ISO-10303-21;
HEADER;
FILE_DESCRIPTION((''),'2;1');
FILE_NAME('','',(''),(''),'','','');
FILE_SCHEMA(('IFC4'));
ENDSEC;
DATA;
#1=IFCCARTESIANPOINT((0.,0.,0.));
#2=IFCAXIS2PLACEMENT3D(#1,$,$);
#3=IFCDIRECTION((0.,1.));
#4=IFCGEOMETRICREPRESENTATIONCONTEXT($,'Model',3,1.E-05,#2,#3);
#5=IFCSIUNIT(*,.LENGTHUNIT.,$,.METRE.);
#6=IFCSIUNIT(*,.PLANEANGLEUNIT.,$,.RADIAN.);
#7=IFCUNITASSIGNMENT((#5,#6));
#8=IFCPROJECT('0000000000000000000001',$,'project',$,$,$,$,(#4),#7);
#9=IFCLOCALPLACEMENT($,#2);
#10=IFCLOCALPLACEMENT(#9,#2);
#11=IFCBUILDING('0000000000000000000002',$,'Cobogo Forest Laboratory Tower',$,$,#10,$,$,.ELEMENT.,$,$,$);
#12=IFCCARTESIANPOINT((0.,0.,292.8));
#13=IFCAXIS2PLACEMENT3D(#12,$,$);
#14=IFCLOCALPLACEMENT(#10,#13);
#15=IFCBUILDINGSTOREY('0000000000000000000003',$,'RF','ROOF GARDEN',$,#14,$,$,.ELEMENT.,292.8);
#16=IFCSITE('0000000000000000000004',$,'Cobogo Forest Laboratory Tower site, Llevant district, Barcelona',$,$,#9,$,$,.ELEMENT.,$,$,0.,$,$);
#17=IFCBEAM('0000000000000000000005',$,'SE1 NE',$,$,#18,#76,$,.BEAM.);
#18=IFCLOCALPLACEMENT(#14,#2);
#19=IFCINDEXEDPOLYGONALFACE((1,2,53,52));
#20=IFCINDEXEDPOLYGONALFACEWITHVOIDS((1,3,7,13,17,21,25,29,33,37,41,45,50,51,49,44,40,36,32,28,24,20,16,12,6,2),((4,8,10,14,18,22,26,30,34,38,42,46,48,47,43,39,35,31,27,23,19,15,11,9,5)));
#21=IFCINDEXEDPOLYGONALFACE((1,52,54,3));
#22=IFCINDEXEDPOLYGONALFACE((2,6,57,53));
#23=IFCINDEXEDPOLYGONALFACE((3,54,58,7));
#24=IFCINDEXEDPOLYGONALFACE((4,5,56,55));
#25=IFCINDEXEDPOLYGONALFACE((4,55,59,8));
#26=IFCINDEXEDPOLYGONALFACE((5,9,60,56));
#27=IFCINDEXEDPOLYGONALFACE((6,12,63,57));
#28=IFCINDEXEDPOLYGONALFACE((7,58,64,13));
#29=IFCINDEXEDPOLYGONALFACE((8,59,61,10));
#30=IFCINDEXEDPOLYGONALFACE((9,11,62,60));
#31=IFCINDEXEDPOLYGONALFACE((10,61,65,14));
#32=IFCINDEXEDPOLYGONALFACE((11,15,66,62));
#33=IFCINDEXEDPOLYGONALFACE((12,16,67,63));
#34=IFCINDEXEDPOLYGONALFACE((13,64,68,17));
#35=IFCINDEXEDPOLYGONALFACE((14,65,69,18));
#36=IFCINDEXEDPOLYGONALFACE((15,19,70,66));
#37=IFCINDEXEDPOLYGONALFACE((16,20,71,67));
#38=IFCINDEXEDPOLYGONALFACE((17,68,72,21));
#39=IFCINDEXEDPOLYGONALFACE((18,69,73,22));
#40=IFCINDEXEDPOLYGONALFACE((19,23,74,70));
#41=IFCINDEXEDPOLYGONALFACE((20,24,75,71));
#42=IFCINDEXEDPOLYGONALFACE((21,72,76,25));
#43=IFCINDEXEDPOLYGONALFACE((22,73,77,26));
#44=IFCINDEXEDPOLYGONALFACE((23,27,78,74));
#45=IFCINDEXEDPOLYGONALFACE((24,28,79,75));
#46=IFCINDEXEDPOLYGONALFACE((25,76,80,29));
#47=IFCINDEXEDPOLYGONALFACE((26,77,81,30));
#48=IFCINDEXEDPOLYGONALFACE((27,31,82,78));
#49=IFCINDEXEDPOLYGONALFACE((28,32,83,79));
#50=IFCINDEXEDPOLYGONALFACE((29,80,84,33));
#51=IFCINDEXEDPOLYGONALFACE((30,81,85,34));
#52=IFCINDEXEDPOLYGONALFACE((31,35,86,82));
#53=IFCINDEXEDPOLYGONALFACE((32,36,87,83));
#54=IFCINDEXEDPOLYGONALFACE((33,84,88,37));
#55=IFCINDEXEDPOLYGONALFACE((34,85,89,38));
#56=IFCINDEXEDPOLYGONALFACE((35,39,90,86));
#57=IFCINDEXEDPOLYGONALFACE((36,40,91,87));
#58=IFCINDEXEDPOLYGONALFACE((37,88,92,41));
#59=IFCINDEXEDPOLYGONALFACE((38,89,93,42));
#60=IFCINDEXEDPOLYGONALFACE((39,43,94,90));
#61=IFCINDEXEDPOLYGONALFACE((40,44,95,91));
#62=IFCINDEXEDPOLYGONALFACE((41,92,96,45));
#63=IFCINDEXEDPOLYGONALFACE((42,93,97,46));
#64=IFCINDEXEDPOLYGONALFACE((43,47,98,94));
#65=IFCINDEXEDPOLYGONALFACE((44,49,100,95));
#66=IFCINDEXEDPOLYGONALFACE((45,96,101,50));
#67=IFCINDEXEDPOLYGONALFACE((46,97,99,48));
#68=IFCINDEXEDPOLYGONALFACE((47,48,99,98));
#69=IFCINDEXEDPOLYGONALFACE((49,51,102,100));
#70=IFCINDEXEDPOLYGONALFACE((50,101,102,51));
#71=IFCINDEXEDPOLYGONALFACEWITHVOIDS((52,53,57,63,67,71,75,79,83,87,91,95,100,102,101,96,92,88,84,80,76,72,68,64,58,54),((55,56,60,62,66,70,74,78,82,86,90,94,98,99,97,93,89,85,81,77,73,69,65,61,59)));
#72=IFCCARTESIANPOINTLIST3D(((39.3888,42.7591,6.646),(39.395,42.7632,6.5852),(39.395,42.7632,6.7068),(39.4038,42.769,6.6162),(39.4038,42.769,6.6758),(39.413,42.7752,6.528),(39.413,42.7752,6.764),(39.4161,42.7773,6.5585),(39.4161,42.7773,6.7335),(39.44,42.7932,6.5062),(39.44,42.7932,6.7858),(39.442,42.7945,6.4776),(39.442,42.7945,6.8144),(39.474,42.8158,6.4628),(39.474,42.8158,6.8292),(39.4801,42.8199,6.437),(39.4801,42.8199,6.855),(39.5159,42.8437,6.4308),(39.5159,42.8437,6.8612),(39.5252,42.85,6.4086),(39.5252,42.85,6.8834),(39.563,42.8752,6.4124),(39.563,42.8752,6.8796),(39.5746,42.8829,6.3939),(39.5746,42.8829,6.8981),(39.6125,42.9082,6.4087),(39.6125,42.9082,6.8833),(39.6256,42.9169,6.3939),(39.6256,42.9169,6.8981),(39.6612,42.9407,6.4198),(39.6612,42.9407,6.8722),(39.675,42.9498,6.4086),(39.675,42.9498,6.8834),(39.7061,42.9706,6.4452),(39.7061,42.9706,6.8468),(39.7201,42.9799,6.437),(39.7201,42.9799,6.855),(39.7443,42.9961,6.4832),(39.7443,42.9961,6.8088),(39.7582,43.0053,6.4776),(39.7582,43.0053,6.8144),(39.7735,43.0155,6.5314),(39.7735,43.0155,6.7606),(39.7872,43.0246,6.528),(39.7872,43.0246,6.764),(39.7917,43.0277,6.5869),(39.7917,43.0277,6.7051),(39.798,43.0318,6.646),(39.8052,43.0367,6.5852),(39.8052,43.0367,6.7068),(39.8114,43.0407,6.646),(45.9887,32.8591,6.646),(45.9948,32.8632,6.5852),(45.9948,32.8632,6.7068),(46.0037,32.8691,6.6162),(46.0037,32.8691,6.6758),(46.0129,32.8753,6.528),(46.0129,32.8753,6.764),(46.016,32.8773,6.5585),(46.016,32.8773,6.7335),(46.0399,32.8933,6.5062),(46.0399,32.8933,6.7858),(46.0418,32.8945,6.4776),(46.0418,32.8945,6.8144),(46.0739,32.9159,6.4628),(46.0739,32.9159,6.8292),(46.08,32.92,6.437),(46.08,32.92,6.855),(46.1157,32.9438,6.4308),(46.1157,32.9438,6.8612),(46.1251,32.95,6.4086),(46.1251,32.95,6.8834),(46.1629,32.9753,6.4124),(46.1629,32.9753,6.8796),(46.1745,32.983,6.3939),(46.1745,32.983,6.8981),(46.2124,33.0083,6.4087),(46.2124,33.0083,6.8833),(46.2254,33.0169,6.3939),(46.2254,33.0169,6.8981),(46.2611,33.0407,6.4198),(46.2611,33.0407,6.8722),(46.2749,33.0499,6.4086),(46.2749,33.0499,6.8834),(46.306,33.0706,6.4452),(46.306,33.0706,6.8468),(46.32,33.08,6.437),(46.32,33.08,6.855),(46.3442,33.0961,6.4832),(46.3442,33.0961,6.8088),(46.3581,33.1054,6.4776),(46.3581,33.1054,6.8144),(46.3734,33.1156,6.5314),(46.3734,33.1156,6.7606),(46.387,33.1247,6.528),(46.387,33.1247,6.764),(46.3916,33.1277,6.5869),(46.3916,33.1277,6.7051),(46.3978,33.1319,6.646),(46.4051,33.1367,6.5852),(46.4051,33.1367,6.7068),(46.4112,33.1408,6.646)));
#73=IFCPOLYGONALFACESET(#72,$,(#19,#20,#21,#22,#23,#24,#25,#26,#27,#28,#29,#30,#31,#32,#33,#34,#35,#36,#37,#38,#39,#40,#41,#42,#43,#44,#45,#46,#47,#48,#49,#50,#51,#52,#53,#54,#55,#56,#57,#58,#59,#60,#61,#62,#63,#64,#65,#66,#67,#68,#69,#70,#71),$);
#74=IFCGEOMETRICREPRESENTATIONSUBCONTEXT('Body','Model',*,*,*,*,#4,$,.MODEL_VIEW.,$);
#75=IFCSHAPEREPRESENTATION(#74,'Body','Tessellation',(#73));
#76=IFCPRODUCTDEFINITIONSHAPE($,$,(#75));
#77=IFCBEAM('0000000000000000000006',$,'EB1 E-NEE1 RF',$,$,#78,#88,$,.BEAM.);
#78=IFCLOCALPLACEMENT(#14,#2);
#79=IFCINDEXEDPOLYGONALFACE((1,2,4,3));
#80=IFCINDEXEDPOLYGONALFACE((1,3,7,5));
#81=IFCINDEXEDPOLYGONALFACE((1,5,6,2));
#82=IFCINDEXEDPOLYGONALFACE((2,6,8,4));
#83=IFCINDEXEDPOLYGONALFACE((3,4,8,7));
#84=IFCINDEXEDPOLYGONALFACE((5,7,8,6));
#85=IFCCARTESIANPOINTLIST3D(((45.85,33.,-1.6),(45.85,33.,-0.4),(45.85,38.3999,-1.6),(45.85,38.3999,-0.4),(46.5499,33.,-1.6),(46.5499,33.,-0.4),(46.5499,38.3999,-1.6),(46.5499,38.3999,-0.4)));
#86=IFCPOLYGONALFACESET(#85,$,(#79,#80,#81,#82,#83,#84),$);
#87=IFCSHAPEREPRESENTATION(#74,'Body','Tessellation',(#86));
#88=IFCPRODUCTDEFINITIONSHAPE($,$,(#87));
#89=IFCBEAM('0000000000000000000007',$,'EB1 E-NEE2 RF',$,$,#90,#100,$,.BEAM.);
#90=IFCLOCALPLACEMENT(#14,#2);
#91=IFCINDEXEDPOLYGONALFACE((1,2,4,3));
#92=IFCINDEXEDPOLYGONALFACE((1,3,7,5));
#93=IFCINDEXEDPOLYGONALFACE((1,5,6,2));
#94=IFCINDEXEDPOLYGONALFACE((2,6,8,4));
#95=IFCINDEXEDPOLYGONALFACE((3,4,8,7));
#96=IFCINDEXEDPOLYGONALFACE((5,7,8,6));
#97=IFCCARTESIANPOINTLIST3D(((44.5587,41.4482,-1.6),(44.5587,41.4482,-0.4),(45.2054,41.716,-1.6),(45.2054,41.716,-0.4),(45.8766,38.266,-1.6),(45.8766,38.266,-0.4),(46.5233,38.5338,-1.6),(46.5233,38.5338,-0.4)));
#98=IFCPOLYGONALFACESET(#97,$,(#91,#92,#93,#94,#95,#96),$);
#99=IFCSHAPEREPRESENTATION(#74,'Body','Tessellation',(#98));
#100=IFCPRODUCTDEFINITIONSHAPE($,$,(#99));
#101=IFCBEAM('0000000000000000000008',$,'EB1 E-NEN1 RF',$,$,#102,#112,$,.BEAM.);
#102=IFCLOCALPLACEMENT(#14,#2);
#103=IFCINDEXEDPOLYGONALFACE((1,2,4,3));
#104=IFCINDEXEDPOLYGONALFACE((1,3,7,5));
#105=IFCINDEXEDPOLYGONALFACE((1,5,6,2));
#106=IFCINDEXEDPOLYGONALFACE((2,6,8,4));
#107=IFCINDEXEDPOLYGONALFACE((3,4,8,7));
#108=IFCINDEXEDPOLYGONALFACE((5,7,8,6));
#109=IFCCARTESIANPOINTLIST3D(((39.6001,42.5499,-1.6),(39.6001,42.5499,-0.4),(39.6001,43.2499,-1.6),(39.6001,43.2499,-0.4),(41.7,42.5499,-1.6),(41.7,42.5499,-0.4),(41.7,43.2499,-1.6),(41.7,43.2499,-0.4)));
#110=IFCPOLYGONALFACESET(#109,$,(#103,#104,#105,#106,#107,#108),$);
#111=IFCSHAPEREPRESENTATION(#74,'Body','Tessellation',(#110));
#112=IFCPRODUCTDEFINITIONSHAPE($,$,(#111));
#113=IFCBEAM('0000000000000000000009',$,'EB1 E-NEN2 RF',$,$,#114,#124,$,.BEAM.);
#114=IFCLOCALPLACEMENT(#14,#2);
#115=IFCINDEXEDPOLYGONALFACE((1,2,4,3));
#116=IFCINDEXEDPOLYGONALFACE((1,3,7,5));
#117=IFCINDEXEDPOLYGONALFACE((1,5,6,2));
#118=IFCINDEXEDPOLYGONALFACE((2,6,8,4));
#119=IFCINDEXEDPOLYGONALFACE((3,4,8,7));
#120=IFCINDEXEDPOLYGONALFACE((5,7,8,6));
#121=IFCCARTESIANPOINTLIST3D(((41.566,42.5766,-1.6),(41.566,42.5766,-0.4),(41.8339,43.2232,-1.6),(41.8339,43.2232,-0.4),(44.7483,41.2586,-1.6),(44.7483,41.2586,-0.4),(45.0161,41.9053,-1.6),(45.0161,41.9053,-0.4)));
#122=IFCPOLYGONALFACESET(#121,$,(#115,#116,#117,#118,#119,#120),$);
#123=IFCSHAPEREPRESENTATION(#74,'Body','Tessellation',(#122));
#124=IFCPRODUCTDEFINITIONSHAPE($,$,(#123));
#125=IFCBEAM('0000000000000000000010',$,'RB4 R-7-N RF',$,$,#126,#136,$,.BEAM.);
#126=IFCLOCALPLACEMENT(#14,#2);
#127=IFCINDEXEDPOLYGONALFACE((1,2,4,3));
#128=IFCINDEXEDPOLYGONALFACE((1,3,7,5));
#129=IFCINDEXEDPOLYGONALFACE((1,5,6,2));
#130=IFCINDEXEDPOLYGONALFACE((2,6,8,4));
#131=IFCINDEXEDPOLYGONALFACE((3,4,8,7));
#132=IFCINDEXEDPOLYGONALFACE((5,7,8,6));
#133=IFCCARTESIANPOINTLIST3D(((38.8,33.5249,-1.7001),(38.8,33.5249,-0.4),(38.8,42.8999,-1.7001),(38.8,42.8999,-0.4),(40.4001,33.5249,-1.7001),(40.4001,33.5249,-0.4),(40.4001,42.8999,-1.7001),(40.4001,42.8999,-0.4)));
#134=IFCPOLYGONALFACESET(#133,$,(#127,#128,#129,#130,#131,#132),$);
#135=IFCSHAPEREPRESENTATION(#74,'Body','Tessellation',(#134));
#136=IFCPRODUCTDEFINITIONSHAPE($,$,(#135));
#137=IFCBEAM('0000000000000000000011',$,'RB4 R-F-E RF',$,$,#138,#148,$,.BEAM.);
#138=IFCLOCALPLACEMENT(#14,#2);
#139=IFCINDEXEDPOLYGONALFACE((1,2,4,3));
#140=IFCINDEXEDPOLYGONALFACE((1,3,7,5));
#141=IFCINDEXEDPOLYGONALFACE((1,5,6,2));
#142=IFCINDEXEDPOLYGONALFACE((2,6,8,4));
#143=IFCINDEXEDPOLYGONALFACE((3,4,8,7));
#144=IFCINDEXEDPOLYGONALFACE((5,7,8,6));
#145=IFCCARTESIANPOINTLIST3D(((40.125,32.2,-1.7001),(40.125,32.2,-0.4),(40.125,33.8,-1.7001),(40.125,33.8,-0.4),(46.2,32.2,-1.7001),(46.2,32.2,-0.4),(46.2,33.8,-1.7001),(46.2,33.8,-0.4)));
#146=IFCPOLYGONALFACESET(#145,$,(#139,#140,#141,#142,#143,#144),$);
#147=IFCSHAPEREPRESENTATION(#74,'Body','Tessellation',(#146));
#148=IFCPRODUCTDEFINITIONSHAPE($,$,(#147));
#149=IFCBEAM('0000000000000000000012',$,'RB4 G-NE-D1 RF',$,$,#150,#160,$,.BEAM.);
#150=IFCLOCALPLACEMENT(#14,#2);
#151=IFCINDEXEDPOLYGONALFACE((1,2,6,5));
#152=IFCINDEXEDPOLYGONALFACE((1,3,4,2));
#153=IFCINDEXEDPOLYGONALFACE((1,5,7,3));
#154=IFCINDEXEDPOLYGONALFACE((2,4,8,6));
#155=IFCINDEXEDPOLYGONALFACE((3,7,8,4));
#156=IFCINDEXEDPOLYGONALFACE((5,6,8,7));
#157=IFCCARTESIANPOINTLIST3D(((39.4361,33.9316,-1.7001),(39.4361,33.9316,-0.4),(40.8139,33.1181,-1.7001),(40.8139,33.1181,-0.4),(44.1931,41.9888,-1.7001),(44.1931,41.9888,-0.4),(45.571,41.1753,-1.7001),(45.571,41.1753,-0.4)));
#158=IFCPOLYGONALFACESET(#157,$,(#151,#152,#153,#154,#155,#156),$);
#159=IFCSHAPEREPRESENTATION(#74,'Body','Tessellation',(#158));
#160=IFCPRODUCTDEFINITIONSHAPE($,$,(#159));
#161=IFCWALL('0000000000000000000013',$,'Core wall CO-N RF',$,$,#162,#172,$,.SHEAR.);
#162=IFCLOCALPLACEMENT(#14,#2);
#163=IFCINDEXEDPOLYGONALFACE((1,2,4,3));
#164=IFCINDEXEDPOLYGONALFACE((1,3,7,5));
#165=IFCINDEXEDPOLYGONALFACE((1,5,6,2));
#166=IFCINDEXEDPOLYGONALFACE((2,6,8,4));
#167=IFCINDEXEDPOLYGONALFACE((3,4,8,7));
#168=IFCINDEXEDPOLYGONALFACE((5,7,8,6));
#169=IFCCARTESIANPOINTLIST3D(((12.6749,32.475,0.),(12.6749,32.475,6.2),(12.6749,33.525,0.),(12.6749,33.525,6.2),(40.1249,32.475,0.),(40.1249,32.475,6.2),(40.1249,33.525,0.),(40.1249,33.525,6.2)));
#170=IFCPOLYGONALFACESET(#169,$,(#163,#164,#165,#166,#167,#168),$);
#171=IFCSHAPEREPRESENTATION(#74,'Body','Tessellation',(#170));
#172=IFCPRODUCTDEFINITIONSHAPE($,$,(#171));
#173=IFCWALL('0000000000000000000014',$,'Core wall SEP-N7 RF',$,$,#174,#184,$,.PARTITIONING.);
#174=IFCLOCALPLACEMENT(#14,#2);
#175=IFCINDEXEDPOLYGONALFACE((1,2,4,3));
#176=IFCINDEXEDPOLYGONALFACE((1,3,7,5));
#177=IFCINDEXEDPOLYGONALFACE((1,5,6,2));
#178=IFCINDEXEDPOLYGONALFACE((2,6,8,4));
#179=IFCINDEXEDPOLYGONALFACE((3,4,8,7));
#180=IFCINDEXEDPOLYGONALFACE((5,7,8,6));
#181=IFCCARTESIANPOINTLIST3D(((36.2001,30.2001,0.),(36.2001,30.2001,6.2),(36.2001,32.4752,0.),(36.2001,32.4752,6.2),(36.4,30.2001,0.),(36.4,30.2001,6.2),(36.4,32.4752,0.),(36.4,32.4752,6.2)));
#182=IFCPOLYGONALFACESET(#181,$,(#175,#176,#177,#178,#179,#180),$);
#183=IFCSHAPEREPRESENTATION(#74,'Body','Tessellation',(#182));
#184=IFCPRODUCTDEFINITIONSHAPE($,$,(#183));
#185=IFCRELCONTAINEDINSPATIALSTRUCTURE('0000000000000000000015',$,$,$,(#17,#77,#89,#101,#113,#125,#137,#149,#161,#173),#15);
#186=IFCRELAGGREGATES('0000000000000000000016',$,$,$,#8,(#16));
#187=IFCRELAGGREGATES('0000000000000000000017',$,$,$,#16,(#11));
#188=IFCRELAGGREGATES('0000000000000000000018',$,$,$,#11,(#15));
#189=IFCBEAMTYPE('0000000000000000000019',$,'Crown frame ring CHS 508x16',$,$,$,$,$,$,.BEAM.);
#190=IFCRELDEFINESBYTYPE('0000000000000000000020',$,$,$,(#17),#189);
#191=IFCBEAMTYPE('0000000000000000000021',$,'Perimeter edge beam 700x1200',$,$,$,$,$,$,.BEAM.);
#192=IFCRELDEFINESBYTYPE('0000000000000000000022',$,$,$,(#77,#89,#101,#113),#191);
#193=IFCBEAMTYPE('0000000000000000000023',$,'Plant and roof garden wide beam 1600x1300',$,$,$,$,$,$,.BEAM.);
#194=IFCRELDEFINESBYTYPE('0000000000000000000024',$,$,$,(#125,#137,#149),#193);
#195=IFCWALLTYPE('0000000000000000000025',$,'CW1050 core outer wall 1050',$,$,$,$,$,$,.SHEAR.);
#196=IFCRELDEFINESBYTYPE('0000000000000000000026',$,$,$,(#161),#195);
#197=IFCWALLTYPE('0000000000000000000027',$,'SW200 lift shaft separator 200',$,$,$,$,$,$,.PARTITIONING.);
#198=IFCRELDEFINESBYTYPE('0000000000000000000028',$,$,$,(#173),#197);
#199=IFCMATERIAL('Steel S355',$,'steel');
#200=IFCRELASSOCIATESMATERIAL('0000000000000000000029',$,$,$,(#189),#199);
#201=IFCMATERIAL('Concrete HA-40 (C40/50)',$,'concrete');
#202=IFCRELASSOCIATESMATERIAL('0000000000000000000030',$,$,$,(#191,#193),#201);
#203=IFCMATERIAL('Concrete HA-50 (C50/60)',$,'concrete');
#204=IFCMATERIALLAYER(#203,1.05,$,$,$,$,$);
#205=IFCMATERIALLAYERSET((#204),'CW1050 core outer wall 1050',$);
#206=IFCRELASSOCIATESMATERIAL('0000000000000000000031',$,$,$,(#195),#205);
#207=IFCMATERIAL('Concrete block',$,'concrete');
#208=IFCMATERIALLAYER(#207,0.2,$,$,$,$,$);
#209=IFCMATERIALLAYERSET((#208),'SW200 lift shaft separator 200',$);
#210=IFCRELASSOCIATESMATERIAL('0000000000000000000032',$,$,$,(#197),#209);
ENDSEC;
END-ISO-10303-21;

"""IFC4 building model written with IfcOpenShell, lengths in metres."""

from ifc_helpers import new_model, si_unit, direction, frame, frame_2d, origin, origin_2d, place, context, subcontext, project, spatial, rectangle, hollow_circle, extrude, material, layer, layer_set, material_profile, profile_set, type_object, element, save


model = new_model("IFC4")

# Units and contexts
model_context = context("Model", 3, precision=1e-05, world=origin(), true_north=direction((0.0, 1.0)))
body_context = subcontext(model_context, "Body", "Model", "MODEL_VIEW")
ifc_project = project(units=[si_unit("LENGTHUNIT", "METRE"), si_unit("PLANEANGLEUNIT", "RADIAN")], contexts=[model_context])

# Site, building, storey
site_placement = place(None, origin())
site = spatial("IfcSite", under=ifc_project, at=site_placement, Name="Cobogo Forest Laboratory Tower site, Llevant district, Barcelona", CompositionType="ELEMENT", RefElevation=0.0)
building_placement = place(site_placement, origin())
building = spatial("IfcBuilding", under=site, at=building_placement, Name="Cobogo Forest Laboratory Tower", CompositionType="ELEMENT")
storey_placement = place(building_placement, frame((0.0, 0.0, 292.8)))
storey = spatial("IfcBuildingStorey", under=building, at=storey_placement, Name="RF", Description="ROOF GARDEN", CompositionType="ELEMENT", Elevation=292.8)

# Shared definitions
ifc_material_1 = material(Name="Steel S355", Category="steel")

# Beams
ifc_material_profile_1 = material_profile(ifc_material_1, hollow_circle(Radius=0.2539, WallThickness=0.0161, at=origin_2d()), Name="CHS 508x16")
ifc_profile_set_1 = profile_set([ifc_material_profile_1], Name="Steel S355")
beam_type_1 = type_object("IfcBeamType", Name="Crown frame ring CHS 508x16", PredefinedType="BEAM", material=ifc_profile_set_1)
beam_1_placement = place(storey_placement, frame((39.6001, 42.8999, 6.646), z_axis=(0.554695, -0.832053, 0.0), x_axis=(0.832053, 0.554695, 0.0)))
element("IfcBeam", 1, at=beam_1_placement, inside=storey, type_object=beam_type_1, Name="SE1 NE", PredefinedType="BEAM", context=body_context, shape_type="SweptSolid", body=[
    extrude(hollow_circle(Radius=0.2539, WallThickness=0.0161, at=origin_2d()), origin(), (0.0, 0.0, 1.0), 11.8982),
])
ifc_material_2 = material(Name="Concrete HA-40 (C40/50)", Category="concrete")
ifc_material_profile_2 = material_profile(ifc_material_2, rectangle(XDim=0.7, YDim=1.2, at=origin_2d()), Name="RC 700x1200")
ifc_profile_set_2 = profile_set([ifc_material_profile_2], Name="Concrete HA-40 (C40/50)")
beam_type_2 = type_object("IfcBeamType", Name="Perimeter edge beam 700x1200", PredefinedType="BEAM", material=ifc_profile_set_2)
beam_2_placement = place(storey_placement, frame((46.2, 33.0, -1.0), z_axis=(0.0, 1.0, 0.0), x_axis=(-1.0, 0.0, 0.0)))
element("IfcBeam", 2, at=beam_2_placement, inside=storey, type_object=beam_type_2, Name="EB1 E-NEE1 RF", PredefinedType="BEAM", context=body_context, shape_type="SweptSolid", body=[
    extrude(rectangle(XDim=0.7, YDim=1.2, at=origin_2d()), origin(), (0.0, 0.0, 1.0), 5.3999),
])
beam_3_placement = place(storey_placement, frame((46.2, 38.3999, -1.0), z_axis=(-0.382631, 0.923901, 0.0), x_axis=(-0.923901, -0.382631, 0.0)))
element("IfcBeam", 3, at=beam_3_placement, inside=storey, type_object=beam_type_2, Name="EB1 E-NEE2 RF", PredefinedType="BEAM", context=body_context, shape_type="SweptSolid", body=[
    extrude(rectangle(XDim=0.7, YDim=1.2, at=origin_2d()), origin(), (0.0, 0.0, 1.0), 3.4443),
])
beam_4_placement = place(storey_placement, frame((39.6001, 42.8999, -1.0), z_axis=(1.0, 0.0, 0.0), x_axis=(0.0, 1.0, 0.0)))
element("IfcBeam", 4, at=beam_4_placement, inside=storey, type_object=beam_type_2, Name="EB1 E-NEN1 RF", PredefinedType="BEAM", context=body_context, shape_type="SweptSolid", body=[
    extrude(rectangle(XDim=0.7, YDim=1.2, at=origin_2d()), origin(), (0.0, 0.0, 1.0), 2.0999),
])
beam_5_placement = place(storey_placement, frame((41.7, 42.8999, -1.0), z_axis=(0.923901, -0.382631, 0.0), x_axis=(0.382631, 0.923901, 0.0)))
element("IfcBeam", 5, at=beam_5_placement, inside=storey, type_object=beam_type_2, Name="EB1 E-NEN2 RF", PredefinedType="BEAM", context=body_context, shape_type="SweptSolid", body=[
    extrude(rectangle(XDim=0.7, YDim=1.2, at=origin_2d()), origin(), (0.0, 0.0, 1.0), 3.4443),
])
ifc_material_profile_3 = material_profile(ifc_material_2, rectangle(XDim=1.6001, YDim=1.3, at=origin_2d()), Name="RC 1600x1300")
ifc_profile_set_3 = profile_set([ifc_material_profile_3], Name="Concrete HA-40 (C40/50)")
beam_type_3 = type_object("IfcBeamType", Name="Plant and roof garden wide beam 1600x1300", PredefinedType="BEAM", material=ifc_profile_set_3)
beam_6_placement = place(storey_placement, frame((39.6001, 33.5249, -1.05), z_axis=(0.0, 1.0, 0.0), x_axis=(-1.0, 0.0, 0.0)))
element("IfcBeam", 6, at=beam_6_placement, inside=storey, type_object=beam_type_3, Name="RB4 R-7-N RF", PredefinedType="BEAM", context=body_context, shape_type="SweptSolid", body=[
    extrude(rectangle(XDim=1.6001, YDim=1.3, at=origin_2d()), origin(), (0.0, 0.0, 1.0), 9.375),
])
beam_7_placement = place(storey_placement, frame((40.125, 33.0, -1.05), z_axis=(1.0, 0.0, 0.0), x_axis=(0.0, 1.0, 0.0)))
element("IfcBeam", 7, at=beam_7_placement, inside=storey, type_object=beam_type_3, Name="RB4 R-F-E RF", PredefinedType="BEAM", context=body_context, shape_type="SweptSolid", body=[
    extrude(rectangle(XDim=1.6001, YDim=1.3, at=origin_2d()), origin(), (0.0, 0.0, 1.0), 6.075),
])
beam_8_placement = place(storey_placement, frame((44.8821, 41.582, -1.05), z_axis=(-0.508416, -0.861111, 0.0), x_axis=(0.861111, -0.508416, 0.0)))
element("IfcBeam", 8, at=beam_8_placement, inside=storey, type_object=beam_type_3, Name="RB4 G-NE-D1 RF", PredefinedType="BEAM", context=body_context, shape_type="SweptSolid", body=[
    extrude(rectangle(XDim=1.6001, YDim=1.3, at=origin_2d()), origin(), (0.0, 0.0, 1.0), 9.3567),
])

# Walls
ifc_material_3 = material(Name="Concrete HA-50 (C50/60)", Category="concrete")
ifc_layer_1 = layer(ifc_material_3, 1.05)
ifc_layer_set_1 = layer_set([ifc_layer_1], Name="CW1050 core outer wall 1050")
wall_type_1 = type_object("IfcWallType", Name="CW1050 core outer wall 1050", PredefinedType="SHEAR", material=ifc_layer_set_1)
wall_1_placement = place(storey_placement, frame((40.125, 33.0, 0.0), z_axis=(0.0, 0.0, 1.0), x_axis=(-1.0, 0.0, 0.0)))
element("IfcWall", 9, at=wall_1_placement, inside=storey, type_object=wall_type_1, Name="Core wall CO-N RF", PredefinedType="SHEAR", context=body_context, shape_type="SweptSolid", body=[
    extrude(rectangle(XDim=27.45, YDim=1.05, at=frame_2d((13.7251, 0.0))), origin(), (0.0, 0.0, 1.0), 6.2),
])
ifc_material_4 = material(Name="Concrete block", Category="concrete")
ifc_layer_2 = layer(ifc_material_4, 0.2)
ifc_layer_set_2 = layer_set([ifc_layer_2], Name="SW200 lift shaft separator 200")
wall_type_2 = type_object("IfcWallType", Name="SW200 lift shaft separator 200", PredefinedType="PARTITIONING", material=ifc_layer_set_2)
wall_2_placement = place(storey_placement, frame((36.3, 30.2, 0.0), z_axis=(0.0, 0.0, 1.0), x_axis=(0.0, 1.0, 0.0)))
element("IfcWall", 10, at=wall_2_placement, inside=storey, type_object=wall_type_2, Name="Core wall SEP-N7 RF", PredefinedType="PARTITIONING", context=body_context, shape_type="SweptSolid", body=[
    extrude(rectangle(XDim=2.2751, YDim=0.2, at=frame_2d((1.1377, 0.0))), origin(), (0.0, 0.0, 1.0), 6.2),
])

save(model, "model.ifc")
